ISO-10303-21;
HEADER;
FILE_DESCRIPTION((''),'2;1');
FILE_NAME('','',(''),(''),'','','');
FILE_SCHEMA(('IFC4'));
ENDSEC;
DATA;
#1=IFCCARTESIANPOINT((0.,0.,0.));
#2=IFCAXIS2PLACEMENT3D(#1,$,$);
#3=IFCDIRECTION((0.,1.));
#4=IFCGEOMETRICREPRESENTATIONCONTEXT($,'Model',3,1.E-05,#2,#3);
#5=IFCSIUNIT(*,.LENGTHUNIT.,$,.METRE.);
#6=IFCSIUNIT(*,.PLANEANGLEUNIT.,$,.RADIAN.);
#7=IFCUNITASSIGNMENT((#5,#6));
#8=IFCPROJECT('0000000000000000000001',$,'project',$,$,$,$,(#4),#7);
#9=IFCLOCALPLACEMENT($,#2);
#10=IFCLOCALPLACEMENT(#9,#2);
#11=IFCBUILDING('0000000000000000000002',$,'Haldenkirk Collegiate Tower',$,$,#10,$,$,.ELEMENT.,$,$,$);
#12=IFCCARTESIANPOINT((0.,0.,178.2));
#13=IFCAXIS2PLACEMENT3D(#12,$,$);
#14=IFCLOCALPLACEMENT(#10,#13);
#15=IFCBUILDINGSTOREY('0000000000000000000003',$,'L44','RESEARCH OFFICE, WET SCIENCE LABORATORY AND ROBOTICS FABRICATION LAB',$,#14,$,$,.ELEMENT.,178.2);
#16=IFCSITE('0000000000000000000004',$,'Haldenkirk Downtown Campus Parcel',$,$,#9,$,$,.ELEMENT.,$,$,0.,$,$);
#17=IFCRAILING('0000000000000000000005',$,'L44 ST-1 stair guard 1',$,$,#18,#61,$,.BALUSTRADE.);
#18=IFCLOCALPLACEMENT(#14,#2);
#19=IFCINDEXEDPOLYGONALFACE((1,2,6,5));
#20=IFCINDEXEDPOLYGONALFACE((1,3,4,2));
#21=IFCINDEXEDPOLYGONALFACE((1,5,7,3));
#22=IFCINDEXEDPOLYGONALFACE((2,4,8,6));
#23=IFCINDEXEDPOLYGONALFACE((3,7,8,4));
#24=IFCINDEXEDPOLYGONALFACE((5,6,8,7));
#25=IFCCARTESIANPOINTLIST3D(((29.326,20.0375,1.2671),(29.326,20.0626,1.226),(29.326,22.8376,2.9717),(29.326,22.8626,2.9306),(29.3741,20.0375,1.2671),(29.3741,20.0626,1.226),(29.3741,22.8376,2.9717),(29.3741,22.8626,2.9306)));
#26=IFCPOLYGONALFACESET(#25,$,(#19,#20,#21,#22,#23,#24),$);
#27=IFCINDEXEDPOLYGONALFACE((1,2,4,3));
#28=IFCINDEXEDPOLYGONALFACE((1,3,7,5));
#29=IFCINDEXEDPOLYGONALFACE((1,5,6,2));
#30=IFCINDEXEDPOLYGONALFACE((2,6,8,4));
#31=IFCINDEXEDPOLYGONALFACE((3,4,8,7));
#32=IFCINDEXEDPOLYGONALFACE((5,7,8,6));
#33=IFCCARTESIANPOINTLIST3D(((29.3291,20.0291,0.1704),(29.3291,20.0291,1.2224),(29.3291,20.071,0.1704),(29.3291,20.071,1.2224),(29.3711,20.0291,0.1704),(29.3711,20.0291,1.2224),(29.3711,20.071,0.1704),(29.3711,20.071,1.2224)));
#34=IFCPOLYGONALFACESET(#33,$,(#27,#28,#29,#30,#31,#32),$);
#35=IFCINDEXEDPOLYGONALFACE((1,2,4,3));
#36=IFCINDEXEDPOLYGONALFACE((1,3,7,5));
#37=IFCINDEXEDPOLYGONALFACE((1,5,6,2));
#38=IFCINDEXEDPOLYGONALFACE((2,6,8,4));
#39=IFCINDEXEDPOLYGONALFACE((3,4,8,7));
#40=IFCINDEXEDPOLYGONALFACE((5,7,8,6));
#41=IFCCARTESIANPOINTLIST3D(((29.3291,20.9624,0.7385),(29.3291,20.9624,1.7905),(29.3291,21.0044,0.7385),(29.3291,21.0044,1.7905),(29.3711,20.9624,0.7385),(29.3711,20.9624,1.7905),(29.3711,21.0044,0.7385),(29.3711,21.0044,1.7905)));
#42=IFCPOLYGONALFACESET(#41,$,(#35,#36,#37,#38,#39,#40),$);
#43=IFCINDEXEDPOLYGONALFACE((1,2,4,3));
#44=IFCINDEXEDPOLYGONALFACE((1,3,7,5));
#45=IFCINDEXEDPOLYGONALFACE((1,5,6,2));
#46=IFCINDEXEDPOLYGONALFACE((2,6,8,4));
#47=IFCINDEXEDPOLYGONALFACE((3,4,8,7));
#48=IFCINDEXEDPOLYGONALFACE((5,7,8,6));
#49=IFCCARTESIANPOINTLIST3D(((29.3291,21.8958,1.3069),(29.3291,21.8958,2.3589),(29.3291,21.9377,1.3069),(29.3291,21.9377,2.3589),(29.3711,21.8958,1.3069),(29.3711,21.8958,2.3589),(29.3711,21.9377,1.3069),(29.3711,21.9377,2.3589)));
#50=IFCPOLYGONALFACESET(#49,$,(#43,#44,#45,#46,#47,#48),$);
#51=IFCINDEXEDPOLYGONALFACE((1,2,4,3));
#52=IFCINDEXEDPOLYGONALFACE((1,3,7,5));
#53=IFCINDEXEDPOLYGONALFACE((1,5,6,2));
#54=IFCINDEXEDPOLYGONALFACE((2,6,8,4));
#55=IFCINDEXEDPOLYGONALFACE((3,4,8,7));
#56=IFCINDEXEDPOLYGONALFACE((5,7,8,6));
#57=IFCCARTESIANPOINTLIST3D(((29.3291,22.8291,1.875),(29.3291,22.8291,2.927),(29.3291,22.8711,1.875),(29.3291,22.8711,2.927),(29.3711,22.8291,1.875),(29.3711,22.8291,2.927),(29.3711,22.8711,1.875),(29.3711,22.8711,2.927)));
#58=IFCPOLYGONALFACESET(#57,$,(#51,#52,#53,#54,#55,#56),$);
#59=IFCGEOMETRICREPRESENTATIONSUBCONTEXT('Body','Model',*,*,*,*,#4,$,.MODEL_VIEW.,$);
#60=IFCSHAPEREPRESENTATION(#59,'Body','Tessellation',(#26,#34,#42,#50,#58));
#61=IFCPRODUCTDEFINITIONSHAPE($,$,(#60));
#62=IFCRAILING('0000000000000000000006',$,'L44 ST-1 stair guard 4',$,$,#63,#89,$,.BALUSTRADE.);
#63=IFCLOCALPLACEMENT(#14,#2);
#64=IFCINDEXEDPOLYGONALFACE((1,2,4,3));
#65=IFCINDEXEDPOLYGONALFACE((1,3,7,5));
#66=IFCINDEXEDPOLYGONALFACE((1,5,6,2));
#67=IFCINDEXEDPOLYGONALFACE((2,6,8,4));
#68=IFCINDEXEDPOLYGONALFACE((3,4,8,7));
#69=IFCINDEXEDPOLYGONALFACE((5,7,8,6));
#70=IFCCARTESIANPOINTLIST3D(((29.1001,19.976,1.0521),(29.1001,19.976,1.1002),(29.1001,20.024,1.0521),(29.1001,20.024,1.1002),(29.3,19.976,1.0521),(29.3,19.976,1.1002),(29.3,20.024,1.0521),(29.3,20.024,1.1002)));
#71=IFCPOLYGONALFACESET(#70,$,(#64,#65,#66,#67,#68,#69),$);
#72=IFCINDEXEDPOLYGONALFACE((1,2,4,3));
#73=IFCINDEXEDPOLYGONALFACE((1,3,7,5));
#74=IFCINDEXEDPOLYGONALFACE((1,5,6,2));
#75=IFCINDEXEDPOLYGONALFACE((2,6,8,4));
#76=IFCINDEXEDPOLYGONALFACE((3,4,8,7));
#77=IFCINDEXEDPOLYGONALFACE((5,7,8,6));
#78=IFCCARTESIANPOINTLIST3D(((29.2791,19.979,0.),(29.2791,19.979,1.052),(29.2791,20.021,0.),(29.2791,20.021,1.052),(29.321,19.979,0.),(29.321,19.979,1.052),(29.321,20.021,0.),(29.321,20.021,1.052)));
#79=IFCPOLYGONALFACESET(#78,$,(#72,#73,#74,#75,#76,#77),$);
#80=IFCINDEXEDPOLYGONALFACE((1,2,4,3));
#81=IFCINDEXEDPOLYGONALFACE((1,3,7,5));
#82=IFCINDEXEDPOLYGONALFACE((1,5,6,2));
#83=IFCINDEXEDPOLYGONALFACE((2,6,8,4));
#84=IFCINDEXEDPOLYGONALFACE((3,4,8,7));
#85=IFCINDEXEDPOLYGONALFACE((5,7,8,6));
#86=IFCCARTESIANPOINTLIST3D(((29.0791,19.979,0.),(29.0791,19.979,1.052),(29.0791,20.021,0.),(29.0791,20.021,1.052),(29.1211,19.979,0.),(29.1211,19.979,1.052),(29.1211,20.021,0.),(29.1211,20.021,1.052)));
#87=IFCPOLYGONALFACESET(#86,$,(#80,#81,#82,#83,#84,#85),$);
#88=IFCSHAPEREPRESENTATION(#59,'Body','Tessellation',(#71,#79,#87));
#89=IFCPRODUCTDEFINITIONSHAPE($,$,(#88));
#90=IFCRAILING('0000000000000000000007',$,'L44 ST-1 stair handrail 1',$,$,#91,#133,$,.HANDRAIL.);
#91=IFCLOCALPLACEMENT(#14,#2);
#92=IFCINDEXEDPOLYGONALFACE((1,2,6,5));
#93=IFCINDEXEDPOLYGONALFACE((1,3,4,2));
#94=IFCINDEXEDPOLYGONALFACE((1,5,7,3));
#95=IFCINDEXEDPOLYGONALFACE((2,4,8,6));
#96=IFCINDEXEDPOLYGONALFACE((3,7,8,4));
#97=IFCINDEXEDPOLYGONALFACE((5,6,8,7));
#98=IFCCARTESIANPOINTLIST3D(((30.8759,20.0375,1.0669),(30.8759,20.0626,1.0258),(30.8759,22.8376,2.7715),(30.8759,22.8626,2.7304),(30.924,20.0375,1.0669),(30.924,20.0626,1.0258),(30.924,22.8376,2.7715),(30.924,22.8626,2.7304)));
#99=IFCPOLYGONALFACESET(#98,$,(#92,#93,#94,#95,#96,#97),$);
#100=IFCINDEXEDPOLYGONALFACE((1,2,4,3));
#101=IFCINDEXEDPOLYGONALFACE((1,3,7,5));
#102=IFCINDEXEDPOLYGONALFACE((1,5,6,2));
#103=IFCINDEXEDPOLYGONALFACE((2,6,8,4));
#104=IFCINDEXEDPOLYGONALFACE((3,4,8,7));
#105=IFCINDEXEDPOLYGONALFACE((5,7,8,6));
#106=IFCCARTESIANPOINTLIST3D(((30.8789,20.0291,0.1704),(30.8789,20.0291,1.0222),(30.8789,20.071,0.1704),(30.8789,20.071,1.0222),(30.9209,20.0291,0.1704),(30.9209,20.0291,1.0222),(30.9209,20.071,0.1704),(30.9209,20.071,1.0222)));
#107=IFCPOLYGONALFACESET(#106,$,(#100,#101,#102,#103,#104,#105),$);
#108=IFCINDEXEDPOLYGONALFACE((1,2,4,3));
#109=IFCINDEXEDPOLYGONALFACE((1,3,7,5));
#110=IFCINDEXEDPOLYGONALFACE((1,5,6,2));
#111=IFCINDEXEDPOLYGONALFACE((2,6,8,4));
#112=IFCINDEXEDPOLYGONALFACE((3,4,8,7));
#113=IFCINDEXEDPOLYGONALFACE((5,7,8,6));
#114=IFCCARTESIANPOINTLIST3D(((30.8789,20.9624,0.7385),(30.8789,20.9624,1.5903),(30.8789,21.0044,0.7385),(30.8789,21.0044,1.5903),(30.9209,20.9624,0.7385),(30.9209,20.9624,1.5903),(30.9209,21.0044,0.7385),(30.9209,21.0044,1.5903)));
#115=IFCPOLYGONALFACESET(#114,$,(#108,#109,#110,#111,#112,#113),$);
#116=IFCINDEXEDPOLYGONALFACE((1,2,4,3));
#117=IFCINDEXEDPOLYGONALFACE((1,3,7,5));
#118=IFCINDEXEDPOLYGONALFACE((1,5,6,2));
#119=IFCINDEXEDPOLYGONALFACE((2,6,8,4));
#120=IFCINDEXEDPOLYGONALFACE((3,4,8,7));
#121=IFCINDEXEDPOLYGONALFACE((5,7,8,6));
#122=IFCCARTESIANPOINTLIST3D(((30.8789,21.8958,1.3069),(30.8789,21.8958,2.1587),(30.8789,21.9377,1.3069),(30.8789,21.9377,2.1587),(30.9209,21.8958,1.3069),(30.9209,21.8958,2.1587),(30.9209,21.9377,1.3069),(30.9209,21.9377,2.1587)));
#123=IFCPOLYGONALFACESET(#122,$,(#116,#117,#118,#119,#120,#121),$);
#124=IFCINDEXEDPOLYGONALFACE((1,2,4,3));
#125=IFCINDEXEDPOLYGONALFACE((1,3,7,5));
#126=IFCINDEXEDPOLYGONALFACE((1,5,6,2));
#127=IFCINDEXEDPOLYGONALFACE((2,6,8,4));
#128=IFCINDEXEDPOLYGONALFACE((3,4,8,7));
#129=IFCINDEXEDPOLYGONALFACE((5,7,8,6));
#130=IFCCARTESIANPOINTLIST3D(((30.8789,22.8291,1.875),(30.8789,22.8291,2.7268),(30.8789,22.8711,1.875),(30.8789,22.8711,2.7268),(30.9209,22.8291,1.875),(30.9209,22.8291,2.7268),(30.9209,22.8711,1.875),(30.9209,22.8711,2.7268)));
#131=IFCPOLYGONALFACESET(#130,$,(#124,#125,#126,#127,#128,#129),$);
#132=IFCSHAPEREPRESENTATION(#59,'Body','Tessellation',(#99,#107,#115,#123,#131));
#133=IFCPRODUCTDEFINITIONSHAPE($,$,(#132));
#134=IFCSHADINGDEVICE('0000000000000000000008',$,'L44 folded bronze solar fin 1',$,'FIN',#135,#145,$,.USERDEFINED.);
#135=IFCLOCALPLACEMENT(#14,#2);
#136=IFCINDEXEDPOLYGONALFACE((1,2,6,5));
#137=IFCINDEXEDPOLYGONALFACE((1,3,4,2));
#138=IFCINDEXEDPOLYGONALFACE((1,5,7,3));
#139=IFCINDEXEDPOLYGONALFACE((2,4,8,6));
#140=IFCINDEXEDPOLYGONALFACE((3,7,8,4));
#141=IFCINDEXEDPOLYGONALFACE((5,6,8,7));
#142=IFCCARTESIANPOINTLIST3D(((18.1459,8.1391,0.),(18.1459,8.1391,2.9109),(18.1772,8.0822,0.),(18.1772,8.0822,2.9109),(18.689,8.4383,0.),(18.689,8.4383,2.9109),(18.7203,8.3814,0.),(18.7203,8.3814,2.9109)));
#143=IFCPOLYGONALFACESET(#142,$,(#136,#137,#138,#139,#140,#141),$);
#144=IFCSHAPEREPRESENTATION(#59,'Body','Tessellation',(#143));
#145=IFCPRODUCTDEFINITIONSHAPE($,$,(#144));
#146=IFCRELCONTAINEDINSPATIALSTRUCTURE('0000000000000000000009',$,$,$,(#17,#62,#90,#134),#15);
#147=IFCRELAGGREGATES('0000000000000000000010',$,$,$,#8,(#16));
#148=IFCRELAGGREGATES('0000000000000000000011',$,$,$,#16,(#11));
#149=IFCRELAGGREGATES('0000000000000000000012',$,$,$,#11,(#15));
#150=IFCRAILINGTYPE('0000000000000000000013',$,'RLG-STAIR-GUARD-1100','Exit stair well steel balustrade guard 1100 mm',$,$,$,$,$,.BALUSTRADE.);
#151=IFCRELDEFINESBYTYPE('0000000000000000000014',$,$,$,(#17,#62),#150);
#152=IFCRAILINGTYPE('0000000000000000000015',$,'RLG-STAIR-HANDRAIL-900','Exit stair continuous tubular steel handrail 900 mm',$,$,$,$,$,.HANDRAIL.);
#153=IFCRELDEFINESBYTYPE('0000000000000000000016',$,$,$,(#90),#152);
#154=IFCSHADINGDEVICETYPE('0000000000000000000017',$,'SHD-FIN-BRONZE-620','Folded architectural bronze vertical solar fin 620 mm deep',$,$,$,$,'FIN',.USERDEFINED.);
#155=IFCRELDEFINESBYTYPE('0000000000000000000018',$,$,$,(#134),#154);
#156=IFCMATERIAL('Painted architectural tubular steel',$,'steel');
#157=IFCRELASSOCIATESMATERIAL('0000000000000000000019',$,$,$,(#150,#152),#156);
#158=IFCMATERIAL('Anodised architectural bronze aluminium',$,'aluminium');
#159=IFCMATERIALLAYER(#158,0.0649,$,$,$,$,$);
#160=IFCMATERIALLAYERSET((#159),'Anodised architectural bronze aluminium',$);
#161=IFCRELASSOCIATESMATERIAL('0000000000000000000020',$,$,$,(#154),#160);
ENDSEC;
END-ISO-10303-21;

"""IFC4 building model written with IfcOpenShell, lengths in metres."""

from ifc_helpers import new_model, si_unit, direction, frame, origin, origin_2d, place, context, subcontext, project, spatial, rectangle, extrude, source, transform, mapped, material, layer, layer_set, type_object, element, save


model = new_model("IFC4")

# Units and contexts
model_context = context("Model", 3, precision=1e-05, world=origin(), true_north=direction((0.0, 1.0)))
body_context = subcontext(model_context, "Body", "Model", "MODEL_VIEW")
ifc_project = project(units=[si_unit("LENGTHUNIT", "METRE"), si_unit("PLANEANGLEUNIT", "RADIAN")], contexts=[model_context])

# Site, building, storey
site_placement = place(None, origin())
site = spatial("IfcSite", under=ifc_project, at=site_placement, Name="Haldenkirk Downtown Campus Parcel", CompositionType="ELEMENT", RefElevation=0.0)
building_placement = place(site_placement, origin())
building = spatial("IfcBuilding", under=site, at=building_placement, Name="Haldenkirk Collegiate Tower", CompositionType="ELEMENT")
storey_placement = place(building_placement, frame((0.0, 0.0, 178.2)))
storey = spatial("IfcBuildingStorey", under=building, at=storey_placement, Name="L44", Description="RESEARCH OFFICE, WET SCIENCE LABORATORY AND ROBOTICS FABRICATION LAB", CompositionType="ELEMENT", Elevation=178.2)

# Shared definitions
ifc_material_1 = material(Name="Anodised architectural bronze aluminium", Category="aluminium")

# Railings
ifc_material_2 = material(Name="Painted architectural tubular steel", Category="steel")
railing_type_1 = type_object("IfcRailingType", Name="RLG-STAIR-GUARD-1100", Description="Exit stair well steel balustrade guard 1100 mm", PredefinedType="BALUSTRADE", material=ifc_material_2)
railing_1_placement = place(storey_placement, frame((29.3501, 20.05, 0.1704)))
element("IfcRailing", 1, at=railing_1_placement, inside=storey, type_object=railing_type_1, Name="L44 ST-1 stair guard 1", PredefinedType="BALUSTRADE", context=body_context, shape_type="SweptSolid", body=[
    extrude(rectangle(XDim=0.0481, YDim=0.0481, at=origin_2d()), frame((0.0, 0.0, 1.0762), z_axis=(0.0, 0.85417, 0.519994), x_axis=(-1.0, 0.0, 0.0)), (0.0, 0.0, 1.0), 3.2781),
    extrude(rectangle(XDim=0.042, YDim=0.042, at=origin_2d()), origin(), (0.0, 0.0, 1.0), 1.052),
    extrude(rectangle(XDim=0.042, YDim=0.042, at=origin_2d()), frame((0.0, 0.9333, 0.5681)), (0.0, 0.0, 1.0), 1.052),
    extrude(rectangle(XDim=0.042, YDim=0.042, at=origin_2d()), frame((0.0, 1.8667, 1.1365)), (0.0, 0.0, 1.0), 1.052),
    extrude(rectangle(XDim=0.042, YDim=0.042, at=origin_2d()), frame((0.0, 2.8, 1.7046)), (0.0, 0.0, 1.0), 1.052),
])
railing_2_placement = place(storey_placement, frame((29.3, 20.0, 0.0)))
element("IfcRailing", 2, at=railing_2_placement, inside=storey, type_object=railing_type_1, Name="L44 ST-1 stair guard 4", PredefinedType="BALUSTRADE", context=body_context, shape_type="SweptSolid", body=[
    extrude(rectangle(XDim=0.0481, YDim=0.0481, at=origin_2d()), frame((0.0, 0.0, 1.0762), z_axis=(-1.0, 0.0, 0.0), x_axis=(0.0, -1.0, 0.0)), (0.0, 0.0, 1.0), 0.2),
    extrude(rectangle(XDim=0.042, YDim=0.042, at=origin_2d()), origin(), (0.0, 0.0, 1.0), 1.052),
    extrude(rectangle(XDim=0.042, YDim=0.042, at=origin_2d()), frame((-0.2, 0.0, 0.0)), (0.0, 0.0, 1.0), 1.052),
])
railing_type_2 = type_object("IfcRailingType", Name="RLG-STAIR-HANDRAIL-900", Description="Exit stair continuous tubular steel handrail 900 mm", PredefinedType="HANDRAIL", material=ifc_material_2)
railing_3_placement = place(storey_placement, frame((30.8999, 20.05, 0.1704)))
element("IfcRailing", 3, at=railing_3_placement, inside=storey, type_object=railing_type_2, Name="L44 ST-1 stair handrail 1", PredefinedType="HANDRAIL", context=body_context, shape_type="SweptSolid", body=[
    extrude(rectangle(XDim=0.0481, YDim=0.0481, at=origin_2d()), frame((0.0, 0.0, 0.876), z_axis=(0.0, 0.85417, 0.519994), x_axis=(-1.0, 0.0, 0.0)), (0.0, 0.0, 1.0), 3.2781),
    extrude(rectangle(XDim=0.042, YDim=0.042, at=origin_2d()), origin(), (0.0, 0.0, 1.0), 0.8518),
    extrude(rectangle(XDim=0.042, YDim=0.042, at=origin_2d()), frame((0.0, 0.9333, 0.5681)), (0.0, 0.0, 1.0), 0.8518),
    extrude(rectangle(XDim=0.042, YDim=0.042, at=origin_2d()), frame((0.0, 1.8667, 1.1365)), (0.0, 0.0, 1.0), 0.8518),
    extrude(rectangle(XDim=0.042, YDim=0.042, at=origin_2d()), frame((0.0, 2.8, 1.7046)), (0.0, 0.0, 1.0), 0.8518),
])

# Shading device
ifc_layer_1 = layer(ifc_material_1, 0.0649)
ifc_layer_set_1 = layer_set([ifc_layer_1], Name="Anodised architectural bronze aluminium")
shading_device_type = type_object("IfcShadingDeviceType", Name="SHD-FIN-BRONZE-620", Description="Folded architectural bronze vertical solar fin 620 mm deep", ElementType="FIN", PredefinedType="USERDEFINED", material=ifc_layer_set_1)
shared_shape_1 = source(origin(), body_context, "Body", "SweptSolid", [
    extrude(rectangle(XDim=0.6201, YDim=0.0649, at=origin_2d()), origin(), (0.0, 0.0, 1.0), 2.9109),
])
shading_device_placement = place(storey_placement, frame((18.4331, 8.2603, 0.0), z_axis=(0.0, 0.0, 1.0), x_axis=(-0.875886, -0.482518, 0.0)))
element("IfcShadingDevice", 4, at=shading_device_placement, inside=storey, type_object=shading_device_type, Name="L44 folded bronze solar fin 1", ObjectType="FIN", PredefinedType="USERDEFINED", context=body_context, shape_type="MappedRepresentation", body=[
    mapped(shared_shape_1, transform((0.0, 0.0, 0.0), x_axis=(1.0, 0.0, 0.0), y_axis=(0.0, 1.0, 0.0), z_axis=(0.0, 0.0, 1.0), scale=1.0)),
])

save(model, "model.ifc")
